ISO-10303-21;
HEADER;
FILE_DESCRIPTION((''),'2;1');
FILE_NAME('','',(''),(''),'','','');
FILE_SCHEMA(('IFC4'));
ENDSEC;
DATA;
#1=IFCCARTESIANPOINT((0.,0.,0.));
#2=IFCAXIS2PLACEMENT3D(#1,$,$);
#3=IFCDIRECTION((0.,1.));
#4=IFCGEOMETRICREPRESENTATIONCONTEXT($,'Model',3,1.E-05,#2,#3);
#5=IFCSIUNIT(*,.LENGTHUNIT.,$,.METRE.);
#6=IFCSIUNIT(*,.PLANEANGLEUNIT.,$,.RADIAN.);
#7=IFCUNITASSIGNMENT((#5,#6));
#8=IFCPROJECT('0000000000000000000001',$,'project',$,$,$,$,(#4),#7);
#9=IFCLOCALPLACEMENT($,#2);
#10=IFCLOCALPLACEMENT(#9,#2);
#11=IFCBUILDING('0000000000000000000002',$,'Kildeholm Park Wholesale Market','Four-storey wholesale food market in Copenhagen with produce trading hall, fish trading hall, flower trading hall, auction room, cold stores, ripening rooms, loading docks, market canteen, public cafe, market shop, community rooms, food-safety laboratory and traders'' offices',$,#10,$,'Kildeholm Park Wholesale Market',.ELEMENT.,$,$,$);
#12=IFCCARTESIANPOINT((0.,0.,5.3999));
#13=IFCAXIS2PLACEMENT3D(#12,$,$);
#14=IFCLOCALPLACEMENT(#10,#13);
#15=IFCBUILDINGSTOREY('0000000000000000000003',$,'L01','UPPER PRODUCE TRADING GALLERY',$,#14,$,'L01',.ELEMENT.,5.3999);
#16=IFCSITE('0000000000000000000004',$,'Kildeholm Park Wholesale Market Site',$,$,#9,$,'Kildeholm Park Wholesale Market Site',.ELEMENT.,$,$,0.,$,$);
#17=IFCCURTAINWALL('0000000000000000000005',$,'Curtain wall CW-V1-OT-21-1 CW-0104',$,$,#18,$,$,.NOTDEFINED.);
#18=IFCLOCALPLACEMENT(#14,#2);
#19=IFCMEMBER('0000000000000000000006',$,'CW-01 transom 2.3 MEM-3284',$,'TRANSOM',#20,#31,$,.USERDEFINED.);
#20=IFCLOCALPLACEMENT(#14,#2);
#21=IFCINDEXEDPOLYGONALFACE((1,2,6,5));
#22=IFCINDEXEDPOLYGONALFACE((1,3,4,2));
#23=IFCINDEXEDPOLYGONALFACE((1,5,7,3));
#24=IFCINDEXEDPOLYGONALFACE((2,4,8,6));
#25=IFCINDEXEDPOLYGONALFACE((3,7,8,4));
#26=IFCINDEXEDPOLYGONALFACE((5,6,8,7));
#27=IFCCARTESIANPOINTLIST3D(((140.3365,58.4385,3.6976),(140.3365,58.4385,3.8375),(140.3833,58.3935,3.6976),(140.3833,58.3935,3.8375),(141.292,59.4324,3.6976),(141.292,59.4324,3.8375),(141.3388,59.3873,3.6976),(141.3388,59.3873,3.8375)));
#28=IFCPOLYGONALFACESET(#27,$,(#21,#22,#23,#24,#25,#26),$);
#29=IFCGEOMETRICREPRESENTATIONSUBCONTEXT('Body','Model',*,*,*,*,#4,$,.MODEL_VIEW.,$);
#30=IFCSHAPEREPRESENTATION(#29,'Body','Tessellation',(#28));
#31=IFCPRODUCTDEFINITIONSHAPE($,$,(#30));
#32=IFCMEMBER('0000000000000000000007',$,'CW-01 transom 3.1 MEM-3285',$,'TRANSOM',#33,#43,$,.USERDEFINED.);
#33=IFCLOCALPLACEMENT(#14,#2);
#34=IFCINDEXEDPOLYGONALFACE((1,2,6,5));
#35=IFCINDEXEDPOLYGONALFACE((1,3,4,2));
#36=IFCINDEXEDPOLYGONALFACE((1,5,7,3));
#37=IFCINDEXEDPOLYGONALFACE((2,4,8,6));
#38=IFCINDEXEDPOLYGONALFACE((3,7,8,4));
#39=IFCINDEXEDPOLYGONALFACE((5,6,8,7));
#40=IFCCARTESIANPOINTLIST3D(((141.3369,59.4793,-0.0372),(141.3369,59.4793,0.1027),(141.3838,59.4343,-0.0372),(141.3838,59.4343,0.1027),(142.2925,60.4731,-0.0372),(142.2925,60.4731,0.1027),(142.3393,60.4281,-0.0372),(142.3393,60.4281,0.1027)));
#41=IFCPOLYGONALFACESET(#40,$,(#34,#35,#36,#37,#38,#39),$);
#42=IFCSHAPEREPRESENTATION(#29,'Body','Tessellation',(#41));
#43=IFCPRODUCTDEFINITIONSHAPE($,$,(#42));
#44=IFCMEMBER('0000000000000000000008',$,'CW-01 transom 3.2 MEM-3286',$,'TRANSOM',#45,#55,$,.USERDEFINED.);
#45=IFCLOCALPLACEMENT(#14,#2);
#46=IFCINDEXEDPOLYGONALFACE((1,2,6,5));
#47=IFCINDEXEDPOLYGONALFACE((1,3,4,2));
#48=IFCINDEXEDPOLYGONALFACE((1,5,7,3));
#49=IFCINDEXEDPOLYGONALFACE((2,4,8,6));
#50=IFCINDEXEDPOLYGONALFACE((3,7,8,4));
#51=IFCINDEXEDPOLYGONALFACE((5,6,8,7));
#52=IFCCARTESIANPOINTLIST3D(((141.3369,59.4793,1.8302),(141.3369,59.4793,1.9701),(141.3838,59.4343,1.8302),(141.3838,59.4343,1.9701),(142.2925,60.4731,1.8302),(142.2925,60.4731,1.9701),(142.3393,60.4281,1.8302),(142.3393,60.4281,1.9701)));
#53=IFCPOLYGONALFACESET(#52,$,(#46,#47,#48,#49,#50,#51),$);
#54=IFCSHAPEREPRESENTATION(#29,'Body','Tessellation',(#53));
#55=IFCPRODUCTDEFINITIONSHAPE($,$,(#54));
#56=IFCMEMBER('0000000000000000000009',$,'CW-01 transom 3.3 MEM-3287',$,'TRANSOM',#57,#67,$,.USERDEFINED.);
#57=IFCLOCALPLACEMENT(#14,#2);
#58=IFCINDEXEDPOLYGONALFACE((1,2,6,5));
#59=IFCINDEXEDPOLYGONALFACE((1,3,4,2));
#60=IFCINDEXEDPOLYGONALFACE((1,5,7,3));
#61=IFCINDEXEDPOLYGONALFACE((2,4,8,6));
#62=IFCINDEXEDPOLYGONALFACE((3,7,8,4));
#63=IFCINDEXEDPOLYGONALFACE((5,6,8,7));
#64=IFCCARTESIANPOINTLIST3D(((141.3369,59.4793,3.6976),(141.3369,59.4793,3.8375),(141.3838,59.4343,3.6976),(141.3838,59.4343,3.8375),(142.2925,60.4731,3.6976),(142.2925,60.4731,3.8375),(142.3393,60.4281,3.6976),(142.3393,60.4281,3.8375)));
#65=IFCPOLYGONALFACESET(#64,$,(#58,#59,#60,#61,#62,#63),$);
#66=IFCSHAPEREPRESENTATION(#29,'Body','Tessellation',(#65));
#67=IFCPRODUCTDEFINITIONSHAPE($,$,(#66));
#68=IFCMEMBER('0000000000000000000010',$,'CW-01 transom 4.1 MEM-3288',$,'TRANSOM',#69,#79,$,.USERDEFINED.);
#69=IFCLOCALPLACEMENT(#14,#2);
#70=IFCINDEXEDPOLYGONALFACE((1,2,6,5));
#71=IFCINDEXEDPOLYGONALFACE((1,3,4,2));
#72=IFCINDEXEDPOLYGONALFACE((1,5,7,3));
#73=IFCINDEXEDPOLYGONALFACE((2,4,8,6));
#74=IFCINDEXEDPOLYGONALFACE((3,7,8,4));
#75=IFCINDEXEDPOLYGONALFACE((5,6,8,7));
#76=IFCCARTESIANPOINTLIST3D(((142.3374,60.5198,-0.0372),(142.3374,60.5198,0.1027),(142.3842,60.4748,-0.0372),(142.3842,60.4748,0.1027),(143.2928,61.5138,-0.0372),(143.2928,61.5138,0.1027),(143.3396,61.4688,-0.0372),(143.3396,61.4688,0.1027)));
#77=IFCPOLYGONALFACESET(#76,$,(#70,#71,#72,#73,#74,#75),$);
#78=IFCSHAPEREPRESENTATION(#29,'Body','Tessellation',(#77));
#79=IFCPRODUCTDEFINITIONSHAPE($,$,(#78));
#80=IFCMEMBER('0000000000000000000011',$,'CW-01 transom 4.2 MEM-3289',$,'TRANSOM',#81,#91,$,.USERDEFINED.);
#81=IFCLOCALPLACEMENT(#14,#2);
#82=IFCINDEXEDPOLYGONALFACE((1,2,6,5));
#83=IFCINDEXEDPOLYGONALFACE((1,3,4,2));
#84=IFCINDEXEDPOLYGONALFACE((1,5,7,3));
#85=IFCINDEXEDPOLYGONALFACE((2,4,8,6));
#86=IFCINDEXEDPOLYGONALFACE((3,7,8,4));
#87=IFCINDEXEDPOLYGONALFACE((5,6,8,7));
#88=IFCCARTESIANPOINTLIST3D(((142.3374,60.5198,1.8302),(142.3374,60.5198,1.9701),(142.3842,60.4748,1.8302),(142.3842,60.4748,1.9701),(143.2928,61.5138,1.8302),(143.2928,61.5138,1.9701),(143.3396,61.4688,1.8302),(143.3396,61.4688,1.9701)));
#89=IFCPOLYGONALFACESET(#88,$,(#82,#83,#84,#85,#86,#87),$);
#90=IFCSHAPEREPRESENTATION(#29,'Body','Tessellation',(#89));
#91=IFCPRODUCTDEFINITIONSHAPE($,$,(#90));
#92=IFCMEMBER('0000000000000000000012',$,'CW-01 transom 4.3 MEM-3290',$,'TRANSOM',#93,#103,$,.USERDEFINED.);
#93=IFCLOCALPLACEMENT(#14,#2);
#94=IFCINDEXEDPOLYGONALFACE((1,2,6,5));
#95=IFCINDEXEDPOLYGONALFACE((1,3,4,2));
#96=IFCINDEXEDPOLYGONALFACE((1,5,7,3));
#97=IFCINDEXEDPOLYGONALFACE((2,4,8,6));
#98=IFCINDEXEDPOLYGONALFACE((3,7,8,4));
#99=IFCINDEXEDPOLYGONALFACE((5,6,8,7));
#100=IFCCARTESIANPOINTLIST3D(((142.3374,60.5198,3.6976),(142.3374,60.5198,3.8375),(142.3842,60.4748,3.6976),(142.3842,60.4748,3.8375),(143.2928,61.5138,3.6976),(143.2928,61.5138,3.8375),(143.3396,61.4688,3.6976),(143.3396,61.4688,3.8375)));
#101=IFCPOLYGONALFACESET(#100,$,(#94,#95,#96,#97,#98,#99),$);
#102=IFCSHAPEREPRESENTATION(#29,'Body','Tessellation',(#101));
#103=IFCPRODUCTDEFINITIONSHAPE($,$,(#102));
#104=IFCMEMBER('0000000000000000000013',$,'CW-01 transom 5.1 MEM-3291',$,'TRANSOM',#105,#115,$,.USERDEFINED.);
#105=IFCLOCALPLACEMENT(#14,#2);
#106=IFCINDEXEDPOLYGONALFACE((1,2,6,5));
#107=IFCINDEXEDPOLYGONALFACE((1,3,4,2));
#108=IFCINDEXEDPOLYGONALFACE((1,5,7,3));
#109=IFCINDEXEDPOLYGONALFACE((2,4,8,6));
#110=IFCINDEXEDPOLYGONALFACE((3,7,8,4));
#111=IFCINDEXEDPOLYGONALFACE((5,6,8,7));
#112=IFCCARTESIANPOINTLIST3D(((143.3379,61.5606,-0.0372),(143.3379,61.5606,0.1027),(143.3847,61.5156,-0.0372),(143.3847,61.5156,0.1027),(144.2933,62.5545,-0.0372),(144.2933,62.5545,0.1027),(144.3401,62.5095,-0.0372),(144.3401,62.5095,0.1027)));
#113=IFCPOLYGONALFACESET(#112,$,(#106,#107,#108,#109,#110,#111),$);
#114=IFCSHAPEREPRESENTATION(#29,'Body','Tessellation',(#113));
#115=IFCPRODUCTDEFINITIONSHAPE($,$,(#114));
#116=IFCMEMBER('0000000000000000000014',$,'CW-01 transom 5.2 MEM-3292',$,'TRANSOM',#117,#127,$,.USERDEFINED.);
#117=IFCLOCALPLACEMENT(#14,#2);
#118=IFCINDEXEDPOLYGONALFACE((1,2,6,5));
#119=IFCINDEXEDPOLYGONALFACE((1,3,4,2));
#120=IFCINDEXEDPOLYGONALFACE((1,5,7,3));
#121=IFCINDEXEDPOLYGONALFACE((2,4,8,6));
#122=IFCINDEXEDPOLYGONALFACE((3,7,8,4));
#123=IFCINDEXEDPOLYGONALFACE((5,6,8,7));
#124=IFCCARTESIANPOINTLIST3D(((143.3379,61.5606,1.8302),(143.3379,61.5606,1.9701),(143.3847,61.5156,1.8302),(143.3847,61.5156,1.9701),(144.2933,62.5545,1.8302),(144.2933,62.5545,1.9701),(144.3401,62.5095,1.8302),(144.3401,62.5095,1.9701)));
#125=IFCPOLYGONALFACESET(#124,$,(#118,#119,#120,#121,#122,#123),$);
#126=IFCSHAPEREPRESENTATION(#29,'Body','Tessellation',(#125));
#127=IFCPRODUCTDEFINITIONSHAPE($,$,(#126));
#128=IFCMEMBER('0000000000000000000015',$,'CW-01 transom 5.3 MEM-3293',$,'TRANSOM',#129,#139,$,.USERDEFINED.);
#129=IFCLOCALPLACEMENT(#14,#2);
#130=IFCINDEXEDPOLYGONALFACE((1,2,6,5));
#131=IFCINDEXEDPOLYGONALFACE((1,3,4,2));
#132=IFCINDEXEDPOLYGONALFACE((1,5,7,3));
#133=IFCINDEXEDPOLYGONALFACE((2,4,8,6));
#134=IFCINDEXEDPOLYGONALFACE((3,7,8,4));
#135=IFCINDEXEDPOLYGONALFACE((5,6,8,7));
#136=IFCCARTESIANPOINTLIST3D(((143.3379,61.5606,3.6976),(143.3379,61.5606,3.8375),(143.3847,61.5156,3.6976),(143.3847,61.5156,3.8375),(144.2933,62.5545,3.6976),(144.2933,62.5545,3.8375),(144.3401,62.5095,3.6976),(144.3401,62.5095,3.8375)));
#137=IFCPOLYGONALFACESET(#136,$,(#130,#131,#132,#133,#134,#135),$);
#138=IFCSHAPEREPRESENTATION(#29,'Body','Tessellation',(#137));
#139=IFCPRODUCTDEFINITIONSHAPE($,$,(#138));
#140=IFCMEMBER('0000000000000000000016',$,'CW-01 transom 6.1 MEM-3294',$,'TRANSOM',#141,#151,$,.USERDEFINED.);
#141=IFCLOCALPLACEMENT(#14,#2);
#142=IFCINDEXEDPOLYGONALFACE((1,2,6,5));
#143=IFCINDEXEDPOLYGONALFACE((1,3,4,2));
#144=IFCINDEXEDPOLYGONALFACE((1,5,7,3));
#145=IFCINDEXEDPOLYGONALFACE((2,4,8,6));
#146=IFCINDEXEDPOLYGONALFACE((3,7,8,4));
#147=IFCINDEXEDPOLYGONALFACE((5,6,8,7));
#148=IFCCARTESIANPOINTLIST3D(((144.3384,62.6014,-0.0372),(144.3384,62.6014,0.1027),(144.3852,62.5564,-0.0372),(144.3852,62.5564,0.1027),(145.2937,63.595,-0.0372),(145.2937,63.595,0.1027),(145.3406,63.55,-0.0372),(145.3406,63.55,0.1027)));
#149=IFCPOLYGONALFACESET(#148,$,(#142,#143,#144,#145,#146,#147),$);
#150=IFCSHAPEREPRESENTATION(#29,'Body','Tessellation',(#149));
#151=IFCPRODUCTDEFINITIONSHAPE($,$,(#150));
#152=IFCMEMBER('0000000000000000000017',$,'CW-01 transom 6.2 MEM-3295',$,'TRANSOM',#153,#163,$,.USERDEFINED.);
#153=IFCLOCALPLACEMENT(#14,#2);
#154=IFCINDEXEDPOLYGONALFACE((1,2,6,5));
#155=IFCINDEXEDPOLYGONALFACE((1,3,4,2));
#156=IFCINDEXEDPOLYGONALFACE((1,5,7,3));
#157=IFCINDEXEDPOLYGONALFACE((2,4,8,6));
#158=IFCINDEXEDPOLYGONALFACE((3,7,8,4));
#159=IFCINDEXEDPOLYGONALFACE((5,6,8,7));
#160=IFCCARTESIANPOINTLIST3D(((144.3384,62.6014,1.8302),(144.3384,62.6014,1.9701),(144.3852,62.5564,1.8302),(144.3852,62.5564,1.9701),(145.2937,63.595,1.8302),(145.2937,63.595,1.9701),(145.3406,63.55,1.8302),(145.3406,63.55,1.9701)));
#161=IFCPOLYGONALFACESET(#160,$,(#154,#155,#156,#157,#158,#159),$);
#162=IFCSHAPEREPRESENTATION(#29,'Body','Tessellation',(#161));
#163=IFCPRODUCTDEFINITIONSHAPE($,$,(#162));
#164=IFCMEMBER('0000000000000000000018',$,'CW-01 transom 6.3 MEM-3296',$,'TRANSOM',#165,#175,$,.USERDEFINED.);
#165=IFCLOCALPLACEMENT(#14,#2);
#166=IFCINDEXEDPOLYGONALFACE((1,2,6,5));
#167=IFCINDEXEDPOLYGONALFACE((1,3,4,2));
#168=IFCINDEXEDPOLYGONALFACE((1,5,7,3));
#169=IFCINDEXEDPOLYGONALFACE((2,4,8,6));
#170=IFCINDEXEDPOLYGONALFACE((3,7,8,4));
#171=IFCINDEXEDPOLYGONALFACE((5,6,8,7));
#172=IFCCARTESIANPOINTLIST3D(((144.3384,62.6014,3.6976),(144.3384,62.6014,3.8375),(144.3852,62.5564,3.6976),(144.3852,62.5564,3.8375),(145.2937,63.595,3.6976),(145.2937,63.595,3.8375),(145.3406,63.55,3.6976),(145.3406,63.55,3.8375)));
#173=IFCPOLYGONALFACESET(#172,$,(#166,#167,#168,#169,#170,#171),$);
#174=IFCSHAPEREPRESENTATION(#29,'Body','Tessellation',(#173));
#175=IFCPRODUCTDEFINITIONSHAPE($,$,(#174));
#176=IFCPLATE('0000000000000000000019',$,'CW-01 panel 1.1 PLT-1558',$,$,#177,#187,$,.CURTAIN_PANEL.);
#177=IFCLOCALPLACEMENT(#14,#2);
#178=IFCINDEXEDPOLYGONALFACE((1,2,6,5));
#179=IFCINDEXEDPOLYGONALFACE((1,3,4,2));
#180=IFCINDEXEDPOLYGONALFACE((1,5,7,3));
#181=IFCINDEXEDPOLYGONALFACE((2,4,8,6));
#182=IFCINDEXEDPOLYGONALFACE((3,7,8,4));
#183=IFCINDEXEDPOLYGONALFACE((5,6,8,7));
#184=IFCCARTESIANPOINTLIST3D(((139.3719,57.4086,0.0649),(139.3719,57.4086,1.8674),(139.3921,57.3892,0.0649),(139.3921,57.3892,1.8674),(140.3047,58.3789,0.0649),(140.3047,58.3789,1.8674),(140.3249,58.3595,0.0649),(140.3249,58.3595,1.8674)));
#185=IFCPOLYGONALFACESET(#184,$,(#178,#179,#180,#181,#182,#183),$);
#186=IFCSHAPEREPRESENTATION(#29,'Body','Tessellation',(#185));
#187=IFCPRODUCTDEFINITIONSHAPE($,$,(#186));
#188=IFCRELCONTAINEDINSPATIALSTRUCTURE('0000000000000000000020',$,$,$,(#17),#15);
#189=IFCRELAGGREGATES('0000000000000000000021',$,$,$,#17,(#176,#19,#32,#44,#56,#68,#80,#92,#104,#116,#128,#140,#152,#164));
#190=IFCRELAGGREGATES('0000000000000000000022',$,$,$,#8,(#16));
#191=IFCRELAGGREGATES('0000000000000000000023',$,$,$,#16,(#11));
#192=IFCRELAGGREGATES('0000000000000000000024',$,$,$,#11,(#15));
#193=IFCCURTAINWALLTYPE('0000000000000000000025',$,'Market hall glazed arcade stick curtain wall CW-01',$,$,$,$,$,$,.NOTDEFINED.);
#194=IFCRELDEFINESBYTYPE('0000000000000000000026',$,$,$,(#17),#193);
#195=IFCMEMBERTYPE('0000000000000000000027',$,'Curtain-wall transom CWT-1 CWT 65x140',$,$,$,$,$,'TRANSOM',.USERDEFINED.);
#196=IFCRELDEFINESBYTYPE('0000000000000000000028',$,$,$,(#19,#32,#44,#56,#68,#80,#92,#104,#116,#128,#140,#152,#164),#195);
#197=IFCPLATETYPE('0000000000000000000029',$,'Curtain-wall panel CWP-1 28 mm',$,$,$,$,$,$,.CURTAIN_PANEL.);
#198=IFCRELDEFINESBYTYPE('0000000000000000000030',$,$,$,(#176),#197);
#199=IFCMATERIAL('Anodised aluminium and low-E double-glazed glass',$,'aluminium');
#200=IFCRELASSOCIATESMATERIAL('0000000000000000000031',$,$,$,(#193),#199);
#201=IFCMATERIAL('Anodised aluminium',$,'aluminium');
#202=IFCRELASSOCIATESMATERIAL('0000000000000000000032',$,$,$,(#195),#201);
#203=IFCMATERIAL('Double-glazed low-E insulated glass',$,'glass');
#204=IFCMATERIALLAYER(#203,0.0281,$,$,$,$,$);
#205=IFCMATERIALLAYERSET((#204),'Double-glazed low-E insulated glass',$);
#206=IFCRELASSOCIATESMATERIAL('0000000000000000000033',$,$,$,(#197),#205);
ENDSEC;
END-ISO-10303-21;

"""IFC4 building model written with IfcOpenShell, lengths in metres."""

from ifc_helpers import new_model, si_unit, direction, frame, origin, origin_2d, place, context, subcontext, project, spatial, rectangle, extrude, material, layer, layer_set, material_profile, profile_set, type_object, element, aggregate, save


model = new_model("IFC4")

# Units and contexts
model_context = context("Model", 3, precision=1e-05, world=origin(), true_north=direction((0.0, 1.0)))
body_context = subcontext(model_context, "Body", "Model", "MODEL_VIEW")
ifc_project = project(units=[si_unit("LENGTHUNIT", "METRE"), si_unit("PLANEANGLEUNIT", "RADIAN")], contexts=[model_context])

# Site, building, storey
site_placement = place(None, origin())
site = spatial("IfcSite", under=ifc_project, at=site_placement, Name="Kildeholm Park Wholesale Market Site", LongName="Kildeholm Park Wholesale Market Site", CompositionType="ELEMENT", RefElevation=0.0)
building_placement = place(site_placement, origin())
building = spatial("IfcBuilding", under=site, at=building_placement, Name="Kildeholm Park Wholesale Market", Description="Four-storey wholesale food market in Copenhagen with produce trading hall, fish trading hall, flower trading hall, auction room, cold stores, ripening rooms, loading docks, market canteen, public cafe, market shop, community rooms, food-safety laboratory and traders' offices", LongName="Kildeholm Park Wholesale Market", CompositionType="ELEMENT")
storey_placement = place(building_placement, frame((0.0, 0.0, 5.3999)))
storey = spatial("IfcBuildingStorey", under=building, at=storey_placement, Name="L01", Description="UPPER PRODUCE TRADING GALLERY", LongName="L01", CompositionType="ELEMENT", Elevation=5.3999)

# Curtain wall, members, plate
ifc_material_1 = material(Name="Anodised aluminium and low-E double-glazed glass", Category="aluminium")
curtain_wall_type = type_object("IfcCurtainWallType", Name="Market hall glazed arcade stick curtain wall CW-01", PredefinedType="NOTDEFINED", material=ifc_material_1)
curtain_wall_placement = place(storey_placement, origin())
curtain_wall = element("IfcCurtainWall", 1, at=curtain_wall_placement, inside=storey, type_object=curtain_wall_type, Name="Curtain wall CW-V1-OT-21-1 CW-0104", PredefinedType="NOTDEFINED")
ifc_material_2 = material(Name="Anodised aluminium", Category="aluminium")
ifc_material_profile_1 = material_profile(ifc_material_2, rectangle(XDim=0.0649, YDim=0.1399, at=origin_2d()), Name="CWT 65x140")
ifc_profile_set_1 = profile_set([ifc_material_profile_1], Name="Anodised aluminium")
member_type_1 = type_object("IfcMemberType", Name="Curtain-wall transom CWT-1 CWT 65x140", ElementType="TRANSOM", PredefinedType="USERDEFINED", material=ifc_profile_set_1)
member_1_placement = place(storey_placement, frame((140.3599, 58.416, 3.7676), z_axis=(0.69307, 0.72087, 0.0), x_axis=(-0.72087, 0.69307, 0.0)))
member_1 = element("IfcMember", 2, at=member_1_placement, type_object=member_type_1, Name="CW-01 transom 2.3 MEM-3284", ObjectType="TRANSOM", PredefinedType="USERDEFINED", context=body_context, shape_type="SweptSolid", body=[
    extrude(rectangle(XDim=0.0649, YDim=0.1399, at=origin_2d()), origin(), (0.0, 0.0, 1.0), 1.3787),
])
member_2_placement = place(storey_placement, frame((141.3604, 59.4568, 0.0327), z_axis=(0.69307, 0.72087, 0.0), x_axis=(-0.72087, 0.69307, 0.0)))
member_2 = element("IfcMember", 3, at=member_2_placement, type_object=member_type_1, Name="CW-01 transom 3.1 MEM-3285", ObjectType="TRANSOM", PredefinedType="USERDEFINED", context=body_context, shape_type="SweptSolid", body=[
    extrude(rectangle(XDim=0.0649, YDim=0.1399, at=origin_2d()), origin(), (0.0, 0.0, 1.0), 1.3787),
])
member_3_placement = place(storey_placement, frame((141.3604, 59.4568, 1.9001), z_axis=(0.69307, 0.72087, 0.0), x_axis=(-0.72087, 0.69307, 0.0)))
member_3 = element("IfcMember", 4, at=member_3_placement, type_object=member_type_1, Name="CW-01 transom 3.2 MEM-3286", ObjectType="TRANSOM", PredefinedType="USERDEFINED", context=body_context, shape_type="SweptSolid", body=[
    extrude(rectangle(XDim=0.0649, YDim=0.1399, at=origin_2d()), origin(), (0.0, 0.0, 1.0), 1.3787),
])
member_4_placement = place(storey_placement, frame((141.3604, 59.4568, 3.7676), z_axis=(0.69307, 0.72087, 0.0), x_axis=(-0.72087, 0.69307, 0.0)))
member_4 = element("IfcMember", 5, at=member_4_placement, type_object=member_type_1, Name="CW-01 transom 3.3 MEM-3287", ObjectType="TRANSOM", PredefinedType="USERDEFINED", context=body_context, shape_type="SweptSolid", body=[
    extrude(rectangle(XDim=0.0649, YDim=0.1399, at=origin_2d()), origin(), (0.0, 0.0, 1.0), 1.3787),
])
member_5_placement = place(storey_placement, frame((142.3608, 60.4973, 0.0327), z_axis=(0.692978, 0.720959, 0.0), x_axis=(-0.720959, 0.692978, 0.0)))
member_5 = element("IfcMember", 6, at=member_5_placement, type_object=member_type_1, Name="CW-01 transom 4.1 MEM-3288", ObjectType="TRANSOM", PredefinedType="USERDEFINED", context=body_context, shape_type="SweptSolid", body=[
    extrude(rectangle(XDim=0.0649, YDim=0.1399, at=origin_2d()), origin(), (0.0, 0.0, 1.0), 1.3787),
])
member_6_placement = place(storey_placement, frame((142.3608, 60.4973, 1.9001), z_axis=(0.692978, 0.720959, 0.0), x_axis=(-0.720959, 0.692978, 0.0)))
member_6 = element("IfcMember", 7, at=member_6_placement, type_object=member_type_1, Name="CW-01 transom 4.2 MEM-3289", ObjectType="TRANSOM", PredefinedType="USERDEFINED", context=body_context, shape_type="SweptSolid", body=[
    extrude(rectangle(XDim=0.0649, YDim=0.1399, at=origin_2d()), origin(), (0.0, 0.0, 1.0), 1.3787),
])
member_7_placement = place(storey_placement, frame((142.3608, 60.4973, 3.7676), z_axis=(0.692978, 0.720959, 0.0), x_axis=(-0.720959, 0.692978, 0.0)))
member_7 = element("IfcMember", 8, at=member_7_placement, type_object=member_type_1, Name="CW-01 transom 4.3 MEM-3290", ObjectType="TRANSOM", PredefinedType="USERDEFINED", context=body_context, shape_type="SweptSolid", body=[
    extrude(rectangle(XDim=0.0649, YDim=0.1399, at=origin_2d()), origin(), (0.0, 0.0, 1.0), 1.3787),
])
member_8_placement = place(storey_placement, frame((143.3613, 61.5381, 0.0327), z_axis=(0.692978, 0.720959, 0.0), x_axis=(-0.720959, 0.692978, 0.0)))
member_8 = element("IfcMember", 9, at=member_8_placement, type_object=member_type_1, Name="CW-01 transom 5.1 MEM-3291", ObjectType="TRANSOM", PredefinedType="USERDEFINED", context=body_context, shape_type="SweptSolid", body=[
    extrude(rectangle(XDim=0.0649, YDim=0.1399, at=origin_2d()), origin(), (0.0, 0.0, 1.0), 1.3787),
])
member_9_placement = place(storey_placement, frame((143.3613, 61.5381, 1.9001), z_axis=(0.692978, 0.720959, 0.0), x_axis=(-0.720959, 0.692978, 0.0)))
member_9 = element("IfcMember", 10, at=member_9_placement, type_object=member_type_1, Name="CW-01 transom 5.2 MEM-3292", ObjectType="TRANSOM", PredefinedType="USERDEFINED", context=body_context, shape_type="SweptSolid", body=[
    extrude(rectangle(XDim=0.0649, YDim=0.1399, at=origin_2d()), origin(), (0.0, 0.0, 1.0), 1.3787),
])
member_10_placement = place(storey_placement, frame((143.3613, 61.5381, 3.7676), z_axis=(0.692978, 0.720959, 0.0), x_axis=(-0.720959, 0.692978, 0.0)))
member_10 = element("IfcMember", 11, at=member_10_placement, type_object=member_type_1, Name="CW-01 transom 5.3 MEM-3293", ObjectType="TRANSOM", PredefinedType="USERDEFINED", context=body_context, shape_type="SweptSolid", body=[
    extrude(rectangle(XDim=0.0649, YDim=0.1399, at=origin_2d()), origin(), (0.0, 0.0, 1.0), 1.3787),
])
member_11_placement = place(storey_placement, frame((144.3618, 62.5789, 0.0327), z_axis=(0.693066, 0.720874, 0.0), x_axis=(-0.720874, 0.693066, 0.0)))
member_11 = element("IfcMember", 12, at=member_11_placement, type_object=member_type_1, Name="CW-01 transom 6.1 MEM-3294", ObjectType="TRANSOM", PredefinedType="USERDEFINED", context=body_context, shape_type="SweptSolid", body=[
    extrude(rectangle(XDim=0.0649, YDim=0.1399, at=origin_2d()), origin(), (0.0, 0.0, 1.0), 1.3784),
])
member_12_placement = place(storey_placement, frame((144.3618, 62.5789, 1.9001), z_axis=(0.693066, 0.720874, 0.0), x_axis=(-0.720874, 0.693066, 0.0)))
member_12 = element("IfcMember", 13, at=member_12_placement, type_object=member_type_1, Name="CW-01 transom 6.2 MEM-3295", ObjectType="TRANSOM", PredefinedType="USERDEFINED", context=body_context, shape_type="SweptSolid", body=[
    extrude(rectangle(XDim=0.0649, YDim=0.1399, at=origin_2d()), origin(), (0.0, 0.0, 1.0), 1.3784),
])
member_13_placement = place(storey_placement, frame((144.3618, 62.5789, 3.7676), z_axis=(0.693066, 0.720874, 0.0), x_axis=(-0.720874, 0.693066, 0.0)))
member_13 = element("IfcMember", 14, at=member_13_placement, type_object=member_type_1, Name="CW-01 transom 6.3 MEM-3296", ObjectType="TRANSOM", PredefinedType="USERDEFINED", context=body_context, shape_type="SweptSolid", body=[
    extrude(rectangle(XDim=0.0649, YDim=0.1399, at=origin_2d()), origin(), (0.0, 0.0, 1.0), 1.3784),
])
ifc_material_3 = material(Name="Double-glazed low-E insulated glass", Category="glass")
ifc_layer = layer(ifc_material_3, 0.0281)
ifc_layer_set = layer_set([ifc_layer], Name="Double-glazed low-E insulated glass")
plate_type = type_object("IfcPlateType", Name="Curtain-wall panel CWP-1 28 mm", PredefinedType="CURTAIN_PANEL", material=ifc_layer_set)
plate_1_placement = place(storey_placement, frame((139.8484, 57.884, 0.0649), z_axis=(0.0, 0.0, 1.0), x_axis=(0.693038, 0.720901, 0.0)))
plate_1 = element("IfcPlate", 15, at=plate_1_placement, type_object=plate_type, Name="CW-01 panel 1.1 PLT-1558", PredefinedType="CURTAIN_PANEL", context=body_context, shape_type="SweptSolid", body=[
    extrude(rectangle(XDim=1.3459, YDim=0.0281, at=origin_2d()), origin(), (0.0, 0.0, 1.0), 1.8025),
])
aggregate(curtain_wall, [plate_1, member_1, member_2, member_3, member_4, member_5, member_6, member_7, member_8, member_9, member_10, member_11, member_12, member_13])

save(model, "model.ifc")
